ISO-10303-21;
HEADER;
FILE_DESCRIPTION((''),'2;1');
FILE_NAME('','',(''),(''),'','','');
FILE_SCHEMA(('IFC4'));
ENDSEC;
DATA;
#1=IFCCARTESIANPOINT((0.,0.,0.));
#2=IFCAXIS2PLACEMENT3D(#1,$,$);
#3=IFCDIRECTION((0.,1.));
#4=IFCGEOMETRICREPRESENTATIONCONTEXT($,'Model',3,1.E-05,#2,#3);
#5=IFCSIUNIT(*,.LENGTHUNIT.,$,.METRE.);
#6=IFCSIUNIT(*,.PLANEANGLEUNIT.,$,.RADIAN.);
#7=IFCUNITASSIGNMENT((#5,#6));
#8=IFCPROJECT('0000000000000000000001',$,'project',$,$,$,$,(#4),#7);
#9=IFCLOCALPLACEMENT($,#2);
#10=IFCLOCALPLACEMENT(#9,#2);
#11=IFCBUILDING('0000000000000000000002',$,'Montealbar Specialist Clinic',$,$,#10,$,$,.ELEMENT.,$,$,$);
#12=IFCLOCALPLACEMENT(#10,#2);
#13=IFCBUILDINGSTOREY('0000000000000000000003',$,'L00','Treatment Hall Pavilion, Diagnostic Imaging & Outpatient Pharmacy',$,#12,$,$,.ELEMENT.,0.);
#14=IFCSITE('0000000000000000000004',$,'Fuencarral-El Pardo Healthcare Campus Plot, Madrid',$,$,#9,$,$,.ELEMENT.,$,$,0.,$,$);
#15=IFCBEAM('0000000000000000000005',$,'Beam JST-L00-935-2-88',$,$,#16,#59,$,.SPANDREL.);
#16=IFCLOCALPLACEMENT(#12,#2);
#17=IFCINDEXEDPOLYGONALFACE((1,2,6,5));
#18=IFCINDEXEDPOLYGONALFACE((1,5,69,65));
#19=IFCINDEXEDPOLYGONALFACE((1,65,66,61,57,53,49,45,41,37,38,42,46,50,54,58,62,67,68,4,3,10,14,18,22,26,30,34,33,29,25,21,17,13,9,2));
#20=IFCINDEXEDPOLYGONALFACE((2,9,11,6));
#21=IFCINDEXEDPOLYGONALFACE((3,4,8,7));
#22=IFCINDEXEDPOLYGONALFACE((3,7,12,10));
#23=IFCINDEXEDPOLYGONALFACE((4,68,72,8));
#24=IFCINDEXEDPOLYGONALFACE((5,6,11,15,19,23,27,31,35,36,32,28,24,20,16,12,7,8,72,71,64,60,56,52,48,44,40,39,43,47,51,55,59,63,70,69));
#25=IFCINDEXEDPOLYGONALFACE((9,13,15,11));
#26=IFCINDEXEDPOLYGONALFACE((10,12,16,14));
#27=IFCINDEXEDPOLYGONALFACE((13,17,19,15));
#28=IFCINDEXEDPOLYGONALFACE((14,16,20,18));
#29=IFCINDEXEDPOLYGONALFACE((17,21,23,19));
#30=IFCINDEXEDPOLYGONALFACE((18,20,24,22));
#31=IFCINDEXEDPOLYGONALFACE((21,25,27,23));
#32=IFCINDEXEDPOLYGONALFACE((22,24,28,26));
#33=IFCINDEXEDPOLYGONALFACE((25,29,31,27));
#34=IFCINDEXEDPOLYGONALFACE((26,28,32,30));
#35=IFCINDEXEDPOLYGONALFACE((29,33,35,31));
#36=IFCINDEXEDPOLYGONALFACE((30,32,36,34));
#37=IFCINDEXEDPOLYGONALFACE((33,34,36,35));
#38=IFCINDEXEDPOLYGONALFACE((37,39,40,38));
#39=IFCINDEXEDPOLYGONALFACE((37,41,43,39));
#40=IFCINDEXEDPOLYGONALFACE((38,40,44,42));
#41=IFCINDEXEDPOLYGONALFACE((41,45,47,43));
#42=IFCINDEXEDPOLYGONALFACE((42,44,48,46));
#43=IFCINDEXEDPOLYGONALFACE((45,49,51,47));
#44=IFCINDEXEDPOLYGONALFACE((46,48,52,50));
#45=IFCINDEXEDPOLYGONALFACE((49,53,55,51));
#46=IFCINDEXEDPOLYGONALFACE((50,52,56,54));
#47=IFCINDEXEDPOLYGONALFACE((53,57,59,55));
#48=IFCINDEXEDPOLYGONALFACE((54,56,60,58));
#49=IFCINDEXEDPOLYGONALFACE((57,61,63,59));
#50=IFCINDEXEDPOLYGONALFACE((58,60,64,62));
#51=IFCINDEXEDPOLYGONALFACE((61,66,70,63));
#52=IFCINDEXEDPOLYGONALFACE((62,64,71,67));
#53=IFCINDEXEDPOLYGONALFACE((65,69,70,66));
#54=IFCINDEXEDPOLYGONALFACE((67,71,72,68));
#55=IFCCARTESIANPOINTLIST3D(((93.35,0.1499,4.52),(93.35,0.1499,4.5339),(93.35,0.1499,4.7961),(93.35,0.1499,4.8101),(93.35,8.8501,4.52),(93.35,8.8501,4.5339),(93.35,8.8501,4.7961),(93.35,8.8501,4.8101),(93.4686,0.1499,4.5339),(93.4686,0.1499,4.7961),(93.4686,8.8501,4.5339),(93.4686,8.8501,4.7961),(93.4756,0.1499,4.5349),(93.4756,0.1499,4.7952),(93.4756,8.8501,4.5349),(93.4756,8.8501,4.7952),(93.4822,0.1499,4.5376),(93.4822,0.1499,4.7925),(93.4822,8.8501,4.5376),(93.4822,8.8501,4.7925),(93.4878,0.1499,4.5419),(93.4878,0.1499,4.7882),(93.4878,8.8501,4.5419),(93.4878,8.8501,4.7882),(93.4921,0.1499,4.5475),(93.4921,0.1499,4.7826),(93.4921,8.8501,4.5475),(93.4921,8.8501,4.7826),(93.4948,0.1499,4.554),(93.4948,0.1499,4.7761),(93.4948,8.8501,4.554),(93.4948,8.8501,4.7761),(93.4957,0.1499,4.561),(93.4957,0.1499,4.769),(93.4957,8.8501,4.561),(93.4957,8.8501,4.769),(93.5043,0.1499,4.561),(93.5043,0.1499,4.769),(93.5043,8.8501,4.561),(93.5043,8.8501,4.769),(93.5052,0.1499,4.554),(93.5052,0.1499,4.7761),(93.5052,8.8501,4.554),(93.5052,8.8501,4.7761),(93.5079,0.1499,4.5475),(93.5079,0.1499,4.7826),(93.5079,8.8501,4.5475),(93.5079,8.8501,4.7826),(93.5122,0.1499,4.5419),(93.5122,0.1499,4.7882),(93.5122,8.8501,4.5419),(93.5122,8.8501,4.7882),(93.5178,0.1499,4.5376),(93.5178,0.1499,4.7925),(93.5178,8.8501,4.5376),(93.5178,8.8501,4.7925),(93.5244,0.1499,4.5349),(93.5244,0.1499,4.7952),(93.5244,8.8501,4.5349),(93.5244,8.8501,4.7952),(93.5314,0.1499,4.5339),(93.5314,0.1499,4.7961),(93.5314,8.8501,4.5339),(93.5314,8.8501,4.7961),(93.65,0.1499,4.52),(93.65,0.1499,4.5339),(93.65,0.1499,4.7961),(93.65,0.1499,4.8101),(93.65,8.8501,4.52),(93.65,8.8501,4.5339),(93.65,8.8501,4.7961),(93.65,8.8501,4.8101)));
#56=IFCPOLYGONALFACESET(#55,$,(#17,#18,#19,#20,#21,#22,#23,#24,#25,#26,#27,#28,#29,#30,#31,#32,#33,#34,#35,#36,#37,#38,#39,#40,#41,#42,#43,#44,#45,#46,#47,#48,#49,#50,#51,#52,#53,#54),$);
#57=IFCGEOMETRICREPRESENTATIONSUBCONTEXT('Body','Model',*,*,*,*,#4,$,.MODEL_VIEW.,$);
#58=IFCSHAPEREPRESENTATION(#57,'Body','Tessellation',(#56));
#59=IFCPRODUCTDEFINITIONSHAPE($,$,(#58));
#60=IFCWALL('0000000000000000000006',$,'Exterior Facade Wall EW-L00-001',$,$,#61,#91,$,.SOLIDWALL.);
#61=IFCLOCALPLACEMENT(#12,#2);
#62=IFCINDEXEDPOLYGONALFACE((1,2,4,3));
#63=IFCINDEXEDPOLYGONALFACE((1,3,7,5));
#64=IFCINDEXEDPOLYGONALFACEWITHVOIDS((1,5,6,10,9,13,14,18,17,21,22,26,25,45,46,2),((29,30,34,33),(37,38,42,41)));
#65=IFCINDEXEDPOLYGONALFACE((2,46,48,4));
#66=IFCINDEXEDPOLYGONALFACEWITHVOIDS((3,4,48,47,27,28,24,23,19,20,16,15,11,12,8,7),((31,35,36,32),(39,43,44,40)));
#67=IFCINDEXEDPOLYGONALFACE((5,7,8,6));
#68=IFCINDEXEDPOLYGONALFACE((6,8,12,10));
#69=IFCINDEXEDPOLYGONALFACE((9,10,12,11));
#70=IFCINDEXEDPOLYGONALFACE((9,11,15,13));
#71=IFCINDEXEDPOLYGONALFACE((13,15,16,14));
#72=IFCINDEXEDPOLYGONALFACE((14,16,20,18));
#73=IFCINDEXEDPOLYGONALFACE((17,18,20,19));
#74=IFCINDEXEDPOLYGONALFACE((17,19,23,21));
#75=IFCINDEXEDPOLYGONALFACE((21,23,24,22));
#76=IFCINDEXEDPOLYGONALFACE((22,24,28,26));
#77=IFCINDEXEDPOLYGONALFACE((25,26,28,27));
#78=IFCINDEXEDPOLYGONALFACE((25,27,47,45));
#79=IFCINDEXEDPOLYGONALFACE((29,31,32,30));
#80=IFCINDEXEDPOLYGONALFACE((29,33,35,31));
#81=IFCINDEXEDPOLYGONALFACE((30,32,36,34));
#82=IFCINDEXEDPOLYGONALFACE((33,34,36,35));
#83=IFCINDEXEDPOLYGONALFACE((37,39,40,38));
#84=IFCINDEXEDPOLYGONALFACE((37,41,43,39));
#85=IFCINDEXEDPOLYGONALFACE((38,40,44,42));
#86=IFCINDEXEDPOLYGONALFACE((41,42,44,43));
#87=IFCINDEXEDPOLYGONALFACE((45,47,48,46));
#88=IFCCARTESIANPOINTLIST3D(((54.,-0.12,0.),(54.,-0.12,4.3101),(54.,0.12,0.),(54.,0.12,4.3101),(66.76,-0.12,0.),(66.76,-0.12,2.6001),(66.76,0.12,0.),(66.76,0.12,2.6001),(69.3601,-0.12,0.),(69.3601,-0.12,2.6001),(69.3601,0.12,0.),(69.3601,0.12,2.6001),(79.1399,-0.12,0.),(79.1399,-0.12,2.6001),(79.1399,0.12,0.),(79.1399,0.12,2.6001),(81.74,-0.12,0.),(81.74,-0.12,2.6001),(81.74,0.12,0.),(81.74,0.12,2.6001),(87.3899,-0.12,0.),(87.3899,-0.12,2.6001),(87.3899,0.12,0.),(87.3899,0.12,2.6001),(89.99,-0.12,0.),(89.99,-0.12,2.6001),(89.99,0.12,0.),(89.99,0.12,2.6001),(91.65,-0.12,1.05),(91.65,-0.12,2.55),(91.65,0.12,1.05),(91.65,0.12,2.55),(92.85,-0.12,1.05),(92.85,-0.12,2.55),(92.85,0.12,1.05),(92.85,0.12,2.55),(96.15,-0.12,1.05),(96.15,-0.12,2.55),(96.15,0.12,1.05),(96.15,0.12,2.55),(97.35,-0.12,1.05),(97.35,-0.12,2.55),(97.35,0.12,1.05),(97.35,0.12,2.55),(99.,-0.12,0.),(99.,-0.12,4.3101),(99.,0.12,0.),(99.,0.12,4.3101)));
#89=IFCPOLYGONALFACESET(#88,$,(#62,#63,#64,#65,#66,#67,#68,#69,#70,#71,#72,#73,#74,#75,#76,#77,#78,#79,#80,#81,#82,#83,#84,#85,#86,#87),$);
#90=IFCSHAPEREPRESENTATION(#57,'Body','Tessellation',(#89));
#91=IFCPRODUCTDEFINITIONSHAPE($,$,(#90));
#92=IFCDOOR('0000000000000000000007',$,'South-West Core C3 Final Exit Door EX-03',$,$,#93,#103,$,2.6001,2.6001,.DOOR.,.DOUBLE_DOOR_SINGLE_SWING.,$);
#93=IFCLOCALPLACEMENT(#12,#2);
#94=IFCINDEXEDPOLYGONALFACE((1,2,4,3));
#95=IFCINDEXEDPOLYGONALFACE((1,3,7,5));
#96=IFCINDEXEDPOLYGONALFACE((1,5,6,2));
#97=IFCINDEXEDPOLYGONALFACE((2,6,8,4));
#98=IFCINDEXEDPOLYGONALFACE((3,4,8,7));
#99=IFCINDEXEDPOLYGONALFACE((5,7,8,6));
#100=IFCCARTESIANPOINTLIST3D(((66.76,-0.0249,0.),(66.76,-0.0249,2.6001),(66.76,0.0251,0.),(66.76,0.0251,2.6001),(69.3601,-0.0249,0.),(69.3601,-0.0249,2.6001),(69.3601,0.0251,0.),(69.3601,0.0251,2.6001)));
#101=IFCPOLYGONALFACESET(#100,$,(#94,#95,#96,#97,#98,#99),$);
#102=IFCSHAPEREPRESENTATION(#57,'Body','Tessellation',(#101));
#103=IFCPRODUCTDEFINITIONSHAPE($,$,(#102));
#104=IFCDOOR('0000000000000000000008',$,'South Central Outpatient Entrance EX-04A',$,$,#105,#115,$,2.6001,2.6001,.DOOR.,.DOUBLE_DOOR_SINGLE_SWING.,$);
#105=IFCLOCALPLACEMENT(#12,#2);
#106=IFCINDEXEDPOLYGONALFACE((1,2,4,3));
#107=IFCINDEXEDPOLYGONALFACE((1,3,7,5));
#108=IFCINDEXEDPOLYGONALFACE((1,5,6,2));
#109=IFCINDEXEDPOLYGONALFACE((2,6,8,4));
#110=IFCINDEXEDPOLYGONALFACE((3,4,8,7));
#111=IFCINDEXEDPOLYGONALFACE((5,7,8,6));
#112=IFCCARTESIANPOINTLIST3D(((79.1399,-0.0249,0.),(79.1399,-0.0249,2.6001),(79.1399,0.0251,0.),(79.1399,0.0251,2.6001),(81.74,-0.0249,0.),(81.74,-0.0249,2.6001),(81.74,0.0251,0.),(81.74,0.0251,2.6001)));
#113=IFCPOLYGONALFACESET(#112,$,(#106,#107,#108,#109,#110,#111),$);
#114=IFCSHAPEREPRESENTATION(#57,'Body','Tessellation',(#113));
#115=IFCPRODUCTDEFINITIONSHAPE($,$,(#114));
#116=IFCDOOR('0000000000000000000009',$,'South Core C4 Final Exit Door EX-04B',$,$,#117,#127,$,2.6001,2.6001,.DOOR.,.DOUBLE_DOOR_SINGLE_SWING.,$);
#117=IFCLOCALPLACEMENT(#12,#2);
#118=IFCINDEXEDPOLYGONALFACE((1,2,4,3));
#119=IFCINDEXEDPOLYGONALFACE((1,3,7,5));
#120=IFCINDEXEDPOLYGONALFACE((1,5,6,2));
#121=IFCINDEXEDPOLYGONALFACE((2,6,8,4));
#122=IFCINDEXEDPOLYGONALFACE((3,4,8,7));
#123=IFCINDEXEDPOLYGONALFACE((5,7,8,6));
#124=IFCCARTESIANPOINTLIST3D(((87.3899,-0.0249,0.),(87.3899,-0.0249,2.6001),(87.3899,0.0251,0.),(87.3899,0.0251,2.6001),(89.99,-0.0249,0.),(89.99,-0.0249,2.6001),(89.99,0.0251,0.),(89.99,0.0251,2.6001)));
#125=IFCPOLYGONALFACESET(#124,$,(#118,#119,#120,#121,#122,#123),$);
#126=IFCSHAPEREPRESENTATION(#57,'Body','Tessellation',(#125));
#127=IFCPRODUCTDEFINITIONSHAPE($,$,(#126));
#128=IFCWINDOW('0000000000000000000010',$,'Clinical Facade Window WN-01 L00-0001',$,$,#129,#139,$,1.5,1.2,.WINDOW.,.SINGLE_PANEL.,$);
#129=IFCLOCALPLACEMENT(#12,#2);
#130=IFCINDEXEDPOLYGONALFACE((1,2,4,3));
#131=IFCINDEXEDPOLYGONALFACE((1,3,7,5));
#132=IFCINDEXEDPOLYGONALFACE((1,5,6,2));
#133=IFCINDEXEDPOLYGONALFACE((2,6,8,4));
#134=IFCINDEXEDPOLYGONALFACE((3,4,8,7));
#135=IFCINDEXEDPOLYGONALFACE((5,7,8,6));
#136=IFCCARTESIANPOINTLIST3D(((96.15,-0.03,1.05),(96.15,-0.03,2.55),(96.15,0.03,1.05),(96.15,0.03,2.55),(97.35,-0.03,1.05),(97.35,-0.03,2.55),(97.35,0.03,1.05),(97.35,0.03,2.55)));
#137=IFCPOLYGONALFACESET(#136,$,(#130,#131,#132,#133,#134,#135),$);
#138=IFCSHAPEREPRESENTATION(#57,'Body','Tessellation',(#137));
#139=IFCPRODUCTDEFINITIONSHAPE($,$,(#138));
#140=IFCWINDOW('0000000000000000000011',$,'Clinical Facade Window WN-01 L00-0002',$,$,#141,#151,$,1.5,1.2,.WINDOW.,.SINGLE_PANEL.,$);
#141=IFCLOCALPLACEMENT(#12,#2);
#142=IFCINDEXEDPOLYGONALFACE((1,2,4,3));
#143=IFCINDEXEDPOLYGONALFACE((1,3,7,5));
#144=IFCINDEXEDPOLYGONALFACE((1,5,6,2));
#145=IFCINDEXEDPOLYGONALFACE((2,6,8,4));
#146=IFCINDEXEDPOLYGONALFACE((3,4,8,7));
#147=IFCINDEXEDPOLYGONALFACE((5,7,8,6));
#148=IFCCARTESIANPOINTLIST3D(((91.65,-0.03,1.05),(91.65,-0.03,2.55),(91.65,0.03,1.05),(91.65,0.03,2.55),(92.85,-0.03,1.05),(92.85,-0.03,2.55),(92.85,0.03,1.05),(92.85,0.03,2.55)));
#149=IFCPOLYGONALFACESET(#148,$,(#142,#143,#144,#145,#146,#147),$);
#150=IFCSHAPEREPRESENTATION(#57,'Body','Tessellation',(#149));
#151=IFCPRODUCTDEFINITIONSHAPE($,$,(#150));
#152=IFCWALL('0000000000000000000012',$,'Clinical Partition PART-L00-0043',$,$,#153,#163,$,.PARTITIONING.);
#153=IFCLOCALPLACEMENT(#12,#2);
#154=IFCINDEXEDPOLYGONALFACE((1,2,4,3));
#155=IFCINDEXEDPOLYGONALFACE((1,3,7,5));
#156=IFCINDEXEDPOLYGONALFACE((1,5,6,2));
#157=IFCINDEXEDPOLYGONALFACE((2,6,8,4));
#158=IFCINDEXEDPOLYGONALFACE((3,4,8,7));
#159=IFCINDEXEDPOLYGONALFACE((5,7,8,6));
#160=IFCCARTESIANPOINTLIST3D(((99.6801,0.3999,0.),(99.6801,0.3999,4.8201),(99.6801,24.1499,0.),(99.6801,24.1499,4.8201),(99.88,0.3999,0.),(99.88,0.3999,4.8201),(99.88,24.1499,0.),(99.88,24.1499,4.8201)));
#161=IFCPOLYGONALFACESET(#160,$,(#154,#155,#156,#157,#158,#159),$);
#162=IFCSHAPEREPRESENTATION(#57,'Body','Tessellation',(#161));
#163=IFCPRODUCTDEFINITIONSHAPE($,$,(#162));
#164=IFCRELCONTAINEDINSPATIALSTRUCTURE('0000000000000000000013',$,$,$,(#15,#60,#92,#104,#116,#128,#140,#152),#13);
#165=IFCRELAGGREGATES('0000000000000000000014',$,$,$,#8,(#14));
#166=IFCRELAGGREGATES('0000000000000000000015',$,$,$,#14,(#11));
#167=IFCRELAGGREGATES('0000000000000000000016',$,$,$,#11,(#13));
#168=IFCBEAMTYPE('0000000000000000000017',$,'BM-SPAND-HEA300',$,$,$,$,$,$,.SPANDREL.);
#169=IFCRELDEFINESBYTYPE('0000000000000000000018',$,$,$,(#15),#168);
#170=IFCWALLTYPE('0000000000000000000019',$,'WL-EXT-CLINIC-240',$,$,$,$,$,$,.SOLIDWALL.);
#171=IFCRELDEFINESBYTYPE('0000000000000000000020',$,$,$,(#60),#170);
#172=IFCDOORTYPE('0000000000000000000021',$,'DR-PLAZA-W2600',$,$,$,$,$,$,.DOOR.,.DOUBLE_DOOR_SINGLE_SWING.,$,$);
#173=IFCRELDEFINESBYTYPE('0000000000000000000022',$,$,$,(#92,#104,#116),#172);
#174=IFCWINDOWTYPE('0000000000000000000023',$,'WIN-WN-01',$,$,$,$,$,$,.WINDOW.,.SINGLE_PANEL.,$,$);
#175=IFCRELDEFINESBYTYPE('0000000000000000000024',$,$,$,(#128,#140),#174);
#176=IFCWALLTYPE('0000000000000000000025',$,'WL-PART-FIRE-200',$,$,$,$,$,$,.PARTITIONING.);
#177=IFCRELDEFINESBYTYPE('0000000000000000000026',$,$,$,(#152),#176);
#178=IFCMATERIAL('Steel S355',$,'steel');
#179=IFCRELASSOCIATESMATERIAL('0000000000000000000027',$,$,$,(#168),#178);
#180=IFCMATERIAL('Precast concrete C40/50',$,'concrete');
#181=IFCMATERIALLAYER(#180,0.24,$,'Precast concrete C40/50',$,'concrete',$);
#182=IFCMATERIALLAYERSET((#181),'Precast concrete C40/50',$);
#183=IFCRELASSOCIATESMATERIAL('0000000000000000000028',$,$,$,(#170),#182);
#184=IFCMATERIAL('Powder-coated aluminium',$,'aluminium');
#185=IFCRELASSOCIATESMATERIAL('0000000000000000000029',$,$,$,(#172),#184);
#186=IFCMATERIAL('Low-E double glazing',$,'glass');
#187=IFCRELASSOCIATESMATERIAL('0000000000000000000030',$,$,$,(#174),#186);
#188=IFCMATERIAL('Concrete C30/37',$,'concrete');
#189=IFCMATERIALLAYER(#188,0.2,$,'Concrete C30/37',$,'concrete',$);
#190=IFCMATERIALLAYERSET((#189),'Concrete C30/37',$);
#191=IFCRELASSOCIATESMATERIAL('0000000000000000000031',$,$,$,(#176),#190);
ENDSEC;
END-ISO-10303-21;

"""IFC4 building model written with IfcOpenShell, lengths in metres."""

from ifc_helpers import new_model, si_unit, direction, frame, frame_2d, origin, origin_2d, place, context, subcontext, project, spatial, rectangle, i_section, extrude, material, layer, layer_set, material_profile, profile_set, type_object, element, fill, save


model = new_model("IFC4")

# Units and contexts
model_context = context("Model", 3, precision=1e-05, world=origin(), true_north=direction((0.0, 1.0)))
body_context = subcontext(model_context, "Body", "Model", "MODEL_VIEW")
ifc_project = project(units=[si_unit("LENGTHUNIT", "METRE"), si_unit("PLANEANGLEUNIT", "RADIAN")], contexts=[model_context])

# Site, building, storey
site_placement = place(None, origin())
site = spatial("IfcSite", under=ifc_project, at=site_placement, Name="Fuencarral-El Pardo Healthcare Campus Plot, Madrid", CompositionType="ELEMENT", RefElevation=0.0)
building_placement = place(site_placement, origin())
building = spatial("IfcBuilding", under=site, at=building_placement, Name="Montealbar Specialist Clinic", CompositionType="ELEMENT")
storey_placement = place(building_placement, origin())
storey = spatial("IfcBuildingStorey", under=building, at=storey_placement, Name="L00", Description="Treatment Hall Pavilion, Diagnostic Imaging & Outpatient Pharmacy", CompositionType="ELEMENT", Elevation=0.0)

# Shared definitions
ifc_material_1 = material(Name="Steel S355", Category="steel")

# Beam
ifc_material_profile_1 = material_profile(ifc_material_1, i_section(OverallWidth=0.3, OverallDepth=0.29, WebThickness=0.0085, FlangeThickness=0.0139, FilletRadius=0.0271, at=origin_2d()), Name="HEA 300", Category="steel")
ifc_profile_set_1 = profile_set([ifc_material_profile_1], Name="Steel S355")
beam_type_1 = type_object("IfcBeamType", Name="BM-SPAND-HEA300", PredefinedType="SPANDREL", material=ifc_profile_set_1)
beam_1_placement = place(storey_placement, frame((93.5, 0.1499, 4.665), z_axis=(0.0, 1.0, 0.0), x_axis=(-1.0, 0.0, 0.0)))
element("IfcBeam", 1, at=beam_1_placement, inside=storey, type_object=beam_type_1, Name="Beam JST-L00-935-2-88", PredefinedType="SPANDREL", context=body_context, shape_type="SweptSolid", body=[
    extrude(i_section(OverallWidth=0.3, OverallDepth=0.29, WebThickness=0.0085, FlangeThickness=0.0139, FilletRadius=0.0271, at=origin_2d()), origin(), (0.0, 0.0, 1.0), 8.7002),
])

# Wall, openings, doors, windows
ifc_material_2 = material(Name="Precast concrete C40/50", Category="concrete")
ifc_layer_1 = layer(ifc_material_2, 0.24, Name="Precast concrete C40/50", Category="concrete")
ifc_layer_set_1 = layer_set([ifc_layer_1], Name="Precast concrete C40/50")
wall_type_1 = type_object("IfcWallType", Name="WL-EXT-CLINIC-240", PredefinedType="SOLIDWALL", material=ifc_layer_set_1)
wall_1_placement = place(storey_placement, frame((99.0, 0.0, 0.0), z_axis=(0.0, 0.0, 1.0), x_axis=(-1.0, 0.0, 0.0)))
wall_1 = element("IfcWall", 2, at=wall_1_placement, inside=storey, type_object=wall_type_1, Name="Exterior Facade Wall EW-L00-001", PredefinedType="SOLIDWALL", context=body_context, shape_type="SweptSolid", body=[
    extrude(rectangle(XDim=45.0, YDim=0.24, at=frame_2d((22.5, 0.0))), origin(), (0.0, 0.0, 1.0), 4.3101),
])
opening_1_placement = place(wall_1_placement, frame((29.6399, 0.0, 0.0)))
opening_1 = element("IfcOpeningElement", 3, at=opening_1_placement, cuts=wall_1, PredefinedType="OPENING", context=body_context, shape_type="SweptSolid", body=[
    extrude(rectangle(XDim=2.6001, YDim=2.6001, at=frame_2d((1.3, 1.3))), frame((0.0, 0.1299, 0.0), z_axis=(0.0, -1.0, 0.0), x_axis=(1.0, 0.0, 0.0)), (0.0, 0.0, 1.0), 0.26),
])
opening_2_placement = place(wall_1_placement, frame((17.26, 0.0, 0.0)))
opening_2 = element("IfcOpeningElement", 4, at=opening_2_placement, cuts=wall_1, PredefinedType="OPENING", context=body_context, shape_type="SweptSolid", body=[
    extrude(rectangle(XDim=2.6001, YDim=2.6001, at=frame_2d((1.3, 1.3))), frame((0.0, 0.1299, 0.0), z_axis=(0.0, -1.0, 0.0), x_axis=(1.0, 0.0, 0.0)), (0.0, 0.0, 1.0), 0.26),
])
opening_3_placement = place(wall_1_placement, frame((9.01, 0.0, 0.0)))
opening_3 = element("IfcOpeningElement", 5, at=opening_3_placement, cuts=wall_1, PredefinedType="OPENING", context=body_context, shape_type="SweptSolid", body=[
    extrude(rectangle(XDim=2.6001, YDim=2.6001, at=frame_2d((1.3, 1.3))), frame((0.0, 0.1299, 0.0), z_axis=(0.0, -1.0, 0.0), x_axis=(1.0, 0.0, 0.0)), (0.0, 0.0, 1.0), 0.26),
])
opening_4_placement = place(wall_1_placement, frame((1.6499, 0.0, 1.05)))
opening_4 = element("IfcOpeningElement", 6, at=opening_4_placement, cuts=wall_1, PredefinedType="OPENING", context=body_context, shape_type="SweptSolid", body=[
    extrude(rectangle(XDim=1.2, YDim=1.5, at=frame_2d((0.6001, 0.75))), frame((0.0, 0.1299, 0.0), z_axis=(0.0, -1.0, 0.0), x_axis=(1.0, 0.0, 0.0)), (0.0, 0.0, 1.0), 0.26),
])
opening_5_placement = place(wall_1_placement, frame((6.1499, 0.0, 1.05)))
opening_5 = element("IfcOpeningElement", 7, at=opening_5_placement, cuts=wall_1, PredefinedType="OPENING", context=body_context, shape_type="SweptSolid", body=[
    extrude(rectangle(XDim=1.2, YDim=1.5, at=frame_2d((0.6001, 0.75))), frame((0.0, 0.1299, 0.0), z_axis=(0.0, -1.0, 0.0), x_axis=(1.0, 0.0, 0.0)), (0.0, 0.0, 1.0), 0.26),
])
ifc_material_3 = material(Name="Powder-coated aluminium", Category="aluminium")
door_type_1 = type_object("IfcDoorType", Name="DR-PLAZA-W2600", OperationType="DOUBLE_DOOR_SINGLE_SWING", PredefinedType="DOOR", material=ifc_material_3)
door_1_placement = place(opening_1_placement, origin())
door_1 = element("IfcDoor", 8, at=door_1_placement, inside=storey, type_object=door_type_1, Name="South-West Core C3 Final Exit Door EX-03", OperationType="DOUBLE_DOOR_SINGLE_SWING", OverallHeight=2.6001, OverallWidth=2.6001, PredefinedType="DOOR", context=body_context, shape_type="SweptSolid", body=[
    extrude(rectangle(XDim=2.6001, YDim=2.6001, at=frame_2d((1.3, 1.3))), frame((0.0, 0.0249, 0.0), z_axis=(0.0, -1.0, 0.0), x_axis=(1.0, 0.0, 0.0)), (0.0, 0.0, 1.0), 0.05),
])
fill(opening_1, door_1)
door_2_placement = place(opening_2_placement, origin())
door_2 = element("IfcDoor", 9, at=door_2_placement, inside=storey, type_object=door_type_1, Name="South Central Outpatient Entrance EX-04A", OperationType="DOUBLE_DOOR_SINGLE_SWING", OverallHeight=2.6001, OverallWidth=2.6001, PredefinedType="DOOR", context=body_context, shape_type="SweptSolid", body=[
    extrude(rectangle(XDim=2.6001, YDim=2.6001, at=frame_2d((1.3, 1.3))), frame((0.0, 0.0249, 0.0), z_axis=(0.0, -1.0, 0.0), x_axis=(1.0, 0.0, 0.0)), (0.0, 0.0, 1.0), 0.05),
])
fill(opening_2, door_2)
door_3_placement = place(opening_3_placement, origin())
door_3 = element("IfcDoor", 10, at=door_3_placement, inside=storey, type_object=door_type_1, Name="South Core C4 Final Exit Door EX-04B", OperationType="DOUBLE_DOOR_SINGLE_SWING", OverallHeight=2.6001, OverallWidth=2.6001, PredefinedType="DOOR", context=body_context, shape_type="SweptSolid", body=[
    extrude(rectangle(XDim=2.6001, YDim=2.6001, at=frame_2d((1.3, 1.3))), frame((0.0, 0.0249, 0.0), z_axis=(0.0, -1.0, 0.0), x_axis=(1.0, 0.0, 0.0)), (0.0, 0.0, 1.0), 0.05),
])
fill(opening_3, door_3)
ifc_material_4 = material(Name="Low-E double glazing", Category="glass")
window_type = type_object("IfcWindowType", Name="WIN-WN-01", PartitioningType="SINGLE_PANEL", PredefinedType="WINDOW", material=ifc_material_4)
window_1_placement = place(opening_4_placement, origin())
window_1 = element("IfcWindow", 11, at=window_1_placement, inside=storey, type_object=window_type, Name="Clinical Facade Window WN-01 L00-0001", OverallHeight=1.5, OverallWidth=1.2, PartitioningType="SINGLE_PANEL", PredefinedType="WINDOW", context=body_context, shape_type="SweptSolid", body=[
    extrude(rectangle(XDim=1.2, YDim=1.5, at=frame_2d((0.6001, 0.75))), frame((0.0, 0.03, 0.0), z_axis=(0.0, -1.0, 0.0), x_axis=(1.0, 0.0, 0.0)), (0.0, 0.0, 1.0), 0.0601),
])
fill(opening_4, window_1)
window_2_placement = place(opening_5_placement, origin())
window_2 = element("IfcWindow", 12, at=window_2_placement, inside=storey, type_object=window_type, Name="Clinical Facade Window WN-01 L00-0002", OverallHeight=1.5, OverallWidth=1.2, PartitioningType="SINGLE_PANEL", PredefinedType="WINDOW", context=body_context, shape_type="SweptSolid", body=[
    extrude(rectangle(XDim=1.2, YDim=1.5, at=frame_2d((0.6001, 0.75))), frame((0.0, 0.03, 0.0), z_axis=(0.0, -1.0, 0.0), x_axis=(1.0, 0.0, 0.0)), (0.0, 0.0, 1.0), 0.0601),
])
fill(opening_5, window_2)

# Wall
ifc_material_5 = material(Name="Concrete C30/37", Category="concrete")
ifc_layer_2 = layer(ifc_material_5, 0.2, Name="Concrete C30/37", Category="concrete")
ifc_layer_set_2 = layer_set([ifc_layer_2], Name="Concrete C30/37")
wall_type_2 = type_object("IfcWallType", Name="WL-PART-FIRE-200", PredefinedType="PARTITIONING", material=ifc_layer_set_2)
wall_2_placement = place(storey_placement, frame((99.78, 0.3999, 0.0), z_axis=(0.0, 0.0, 1.0), x_axis=(0.0, 1.0, 0.0)))
element("IfcWall", 13, at=wall_2_placement, inside=storey, type_object=wall_type_2, Name="Clinical Partition PART-L00-0043", PredefinedType="PARTITIONING", context=body_context, shape_type="SweptSolid", body=[
    extrude(rectangle(XDim=23.75, YDim=0.2, at=frame_2d((11.875, 0.0))), origin(), (0.0, 0.0, 1.0), 4.8201),
])

save(model, "model.ifc")
